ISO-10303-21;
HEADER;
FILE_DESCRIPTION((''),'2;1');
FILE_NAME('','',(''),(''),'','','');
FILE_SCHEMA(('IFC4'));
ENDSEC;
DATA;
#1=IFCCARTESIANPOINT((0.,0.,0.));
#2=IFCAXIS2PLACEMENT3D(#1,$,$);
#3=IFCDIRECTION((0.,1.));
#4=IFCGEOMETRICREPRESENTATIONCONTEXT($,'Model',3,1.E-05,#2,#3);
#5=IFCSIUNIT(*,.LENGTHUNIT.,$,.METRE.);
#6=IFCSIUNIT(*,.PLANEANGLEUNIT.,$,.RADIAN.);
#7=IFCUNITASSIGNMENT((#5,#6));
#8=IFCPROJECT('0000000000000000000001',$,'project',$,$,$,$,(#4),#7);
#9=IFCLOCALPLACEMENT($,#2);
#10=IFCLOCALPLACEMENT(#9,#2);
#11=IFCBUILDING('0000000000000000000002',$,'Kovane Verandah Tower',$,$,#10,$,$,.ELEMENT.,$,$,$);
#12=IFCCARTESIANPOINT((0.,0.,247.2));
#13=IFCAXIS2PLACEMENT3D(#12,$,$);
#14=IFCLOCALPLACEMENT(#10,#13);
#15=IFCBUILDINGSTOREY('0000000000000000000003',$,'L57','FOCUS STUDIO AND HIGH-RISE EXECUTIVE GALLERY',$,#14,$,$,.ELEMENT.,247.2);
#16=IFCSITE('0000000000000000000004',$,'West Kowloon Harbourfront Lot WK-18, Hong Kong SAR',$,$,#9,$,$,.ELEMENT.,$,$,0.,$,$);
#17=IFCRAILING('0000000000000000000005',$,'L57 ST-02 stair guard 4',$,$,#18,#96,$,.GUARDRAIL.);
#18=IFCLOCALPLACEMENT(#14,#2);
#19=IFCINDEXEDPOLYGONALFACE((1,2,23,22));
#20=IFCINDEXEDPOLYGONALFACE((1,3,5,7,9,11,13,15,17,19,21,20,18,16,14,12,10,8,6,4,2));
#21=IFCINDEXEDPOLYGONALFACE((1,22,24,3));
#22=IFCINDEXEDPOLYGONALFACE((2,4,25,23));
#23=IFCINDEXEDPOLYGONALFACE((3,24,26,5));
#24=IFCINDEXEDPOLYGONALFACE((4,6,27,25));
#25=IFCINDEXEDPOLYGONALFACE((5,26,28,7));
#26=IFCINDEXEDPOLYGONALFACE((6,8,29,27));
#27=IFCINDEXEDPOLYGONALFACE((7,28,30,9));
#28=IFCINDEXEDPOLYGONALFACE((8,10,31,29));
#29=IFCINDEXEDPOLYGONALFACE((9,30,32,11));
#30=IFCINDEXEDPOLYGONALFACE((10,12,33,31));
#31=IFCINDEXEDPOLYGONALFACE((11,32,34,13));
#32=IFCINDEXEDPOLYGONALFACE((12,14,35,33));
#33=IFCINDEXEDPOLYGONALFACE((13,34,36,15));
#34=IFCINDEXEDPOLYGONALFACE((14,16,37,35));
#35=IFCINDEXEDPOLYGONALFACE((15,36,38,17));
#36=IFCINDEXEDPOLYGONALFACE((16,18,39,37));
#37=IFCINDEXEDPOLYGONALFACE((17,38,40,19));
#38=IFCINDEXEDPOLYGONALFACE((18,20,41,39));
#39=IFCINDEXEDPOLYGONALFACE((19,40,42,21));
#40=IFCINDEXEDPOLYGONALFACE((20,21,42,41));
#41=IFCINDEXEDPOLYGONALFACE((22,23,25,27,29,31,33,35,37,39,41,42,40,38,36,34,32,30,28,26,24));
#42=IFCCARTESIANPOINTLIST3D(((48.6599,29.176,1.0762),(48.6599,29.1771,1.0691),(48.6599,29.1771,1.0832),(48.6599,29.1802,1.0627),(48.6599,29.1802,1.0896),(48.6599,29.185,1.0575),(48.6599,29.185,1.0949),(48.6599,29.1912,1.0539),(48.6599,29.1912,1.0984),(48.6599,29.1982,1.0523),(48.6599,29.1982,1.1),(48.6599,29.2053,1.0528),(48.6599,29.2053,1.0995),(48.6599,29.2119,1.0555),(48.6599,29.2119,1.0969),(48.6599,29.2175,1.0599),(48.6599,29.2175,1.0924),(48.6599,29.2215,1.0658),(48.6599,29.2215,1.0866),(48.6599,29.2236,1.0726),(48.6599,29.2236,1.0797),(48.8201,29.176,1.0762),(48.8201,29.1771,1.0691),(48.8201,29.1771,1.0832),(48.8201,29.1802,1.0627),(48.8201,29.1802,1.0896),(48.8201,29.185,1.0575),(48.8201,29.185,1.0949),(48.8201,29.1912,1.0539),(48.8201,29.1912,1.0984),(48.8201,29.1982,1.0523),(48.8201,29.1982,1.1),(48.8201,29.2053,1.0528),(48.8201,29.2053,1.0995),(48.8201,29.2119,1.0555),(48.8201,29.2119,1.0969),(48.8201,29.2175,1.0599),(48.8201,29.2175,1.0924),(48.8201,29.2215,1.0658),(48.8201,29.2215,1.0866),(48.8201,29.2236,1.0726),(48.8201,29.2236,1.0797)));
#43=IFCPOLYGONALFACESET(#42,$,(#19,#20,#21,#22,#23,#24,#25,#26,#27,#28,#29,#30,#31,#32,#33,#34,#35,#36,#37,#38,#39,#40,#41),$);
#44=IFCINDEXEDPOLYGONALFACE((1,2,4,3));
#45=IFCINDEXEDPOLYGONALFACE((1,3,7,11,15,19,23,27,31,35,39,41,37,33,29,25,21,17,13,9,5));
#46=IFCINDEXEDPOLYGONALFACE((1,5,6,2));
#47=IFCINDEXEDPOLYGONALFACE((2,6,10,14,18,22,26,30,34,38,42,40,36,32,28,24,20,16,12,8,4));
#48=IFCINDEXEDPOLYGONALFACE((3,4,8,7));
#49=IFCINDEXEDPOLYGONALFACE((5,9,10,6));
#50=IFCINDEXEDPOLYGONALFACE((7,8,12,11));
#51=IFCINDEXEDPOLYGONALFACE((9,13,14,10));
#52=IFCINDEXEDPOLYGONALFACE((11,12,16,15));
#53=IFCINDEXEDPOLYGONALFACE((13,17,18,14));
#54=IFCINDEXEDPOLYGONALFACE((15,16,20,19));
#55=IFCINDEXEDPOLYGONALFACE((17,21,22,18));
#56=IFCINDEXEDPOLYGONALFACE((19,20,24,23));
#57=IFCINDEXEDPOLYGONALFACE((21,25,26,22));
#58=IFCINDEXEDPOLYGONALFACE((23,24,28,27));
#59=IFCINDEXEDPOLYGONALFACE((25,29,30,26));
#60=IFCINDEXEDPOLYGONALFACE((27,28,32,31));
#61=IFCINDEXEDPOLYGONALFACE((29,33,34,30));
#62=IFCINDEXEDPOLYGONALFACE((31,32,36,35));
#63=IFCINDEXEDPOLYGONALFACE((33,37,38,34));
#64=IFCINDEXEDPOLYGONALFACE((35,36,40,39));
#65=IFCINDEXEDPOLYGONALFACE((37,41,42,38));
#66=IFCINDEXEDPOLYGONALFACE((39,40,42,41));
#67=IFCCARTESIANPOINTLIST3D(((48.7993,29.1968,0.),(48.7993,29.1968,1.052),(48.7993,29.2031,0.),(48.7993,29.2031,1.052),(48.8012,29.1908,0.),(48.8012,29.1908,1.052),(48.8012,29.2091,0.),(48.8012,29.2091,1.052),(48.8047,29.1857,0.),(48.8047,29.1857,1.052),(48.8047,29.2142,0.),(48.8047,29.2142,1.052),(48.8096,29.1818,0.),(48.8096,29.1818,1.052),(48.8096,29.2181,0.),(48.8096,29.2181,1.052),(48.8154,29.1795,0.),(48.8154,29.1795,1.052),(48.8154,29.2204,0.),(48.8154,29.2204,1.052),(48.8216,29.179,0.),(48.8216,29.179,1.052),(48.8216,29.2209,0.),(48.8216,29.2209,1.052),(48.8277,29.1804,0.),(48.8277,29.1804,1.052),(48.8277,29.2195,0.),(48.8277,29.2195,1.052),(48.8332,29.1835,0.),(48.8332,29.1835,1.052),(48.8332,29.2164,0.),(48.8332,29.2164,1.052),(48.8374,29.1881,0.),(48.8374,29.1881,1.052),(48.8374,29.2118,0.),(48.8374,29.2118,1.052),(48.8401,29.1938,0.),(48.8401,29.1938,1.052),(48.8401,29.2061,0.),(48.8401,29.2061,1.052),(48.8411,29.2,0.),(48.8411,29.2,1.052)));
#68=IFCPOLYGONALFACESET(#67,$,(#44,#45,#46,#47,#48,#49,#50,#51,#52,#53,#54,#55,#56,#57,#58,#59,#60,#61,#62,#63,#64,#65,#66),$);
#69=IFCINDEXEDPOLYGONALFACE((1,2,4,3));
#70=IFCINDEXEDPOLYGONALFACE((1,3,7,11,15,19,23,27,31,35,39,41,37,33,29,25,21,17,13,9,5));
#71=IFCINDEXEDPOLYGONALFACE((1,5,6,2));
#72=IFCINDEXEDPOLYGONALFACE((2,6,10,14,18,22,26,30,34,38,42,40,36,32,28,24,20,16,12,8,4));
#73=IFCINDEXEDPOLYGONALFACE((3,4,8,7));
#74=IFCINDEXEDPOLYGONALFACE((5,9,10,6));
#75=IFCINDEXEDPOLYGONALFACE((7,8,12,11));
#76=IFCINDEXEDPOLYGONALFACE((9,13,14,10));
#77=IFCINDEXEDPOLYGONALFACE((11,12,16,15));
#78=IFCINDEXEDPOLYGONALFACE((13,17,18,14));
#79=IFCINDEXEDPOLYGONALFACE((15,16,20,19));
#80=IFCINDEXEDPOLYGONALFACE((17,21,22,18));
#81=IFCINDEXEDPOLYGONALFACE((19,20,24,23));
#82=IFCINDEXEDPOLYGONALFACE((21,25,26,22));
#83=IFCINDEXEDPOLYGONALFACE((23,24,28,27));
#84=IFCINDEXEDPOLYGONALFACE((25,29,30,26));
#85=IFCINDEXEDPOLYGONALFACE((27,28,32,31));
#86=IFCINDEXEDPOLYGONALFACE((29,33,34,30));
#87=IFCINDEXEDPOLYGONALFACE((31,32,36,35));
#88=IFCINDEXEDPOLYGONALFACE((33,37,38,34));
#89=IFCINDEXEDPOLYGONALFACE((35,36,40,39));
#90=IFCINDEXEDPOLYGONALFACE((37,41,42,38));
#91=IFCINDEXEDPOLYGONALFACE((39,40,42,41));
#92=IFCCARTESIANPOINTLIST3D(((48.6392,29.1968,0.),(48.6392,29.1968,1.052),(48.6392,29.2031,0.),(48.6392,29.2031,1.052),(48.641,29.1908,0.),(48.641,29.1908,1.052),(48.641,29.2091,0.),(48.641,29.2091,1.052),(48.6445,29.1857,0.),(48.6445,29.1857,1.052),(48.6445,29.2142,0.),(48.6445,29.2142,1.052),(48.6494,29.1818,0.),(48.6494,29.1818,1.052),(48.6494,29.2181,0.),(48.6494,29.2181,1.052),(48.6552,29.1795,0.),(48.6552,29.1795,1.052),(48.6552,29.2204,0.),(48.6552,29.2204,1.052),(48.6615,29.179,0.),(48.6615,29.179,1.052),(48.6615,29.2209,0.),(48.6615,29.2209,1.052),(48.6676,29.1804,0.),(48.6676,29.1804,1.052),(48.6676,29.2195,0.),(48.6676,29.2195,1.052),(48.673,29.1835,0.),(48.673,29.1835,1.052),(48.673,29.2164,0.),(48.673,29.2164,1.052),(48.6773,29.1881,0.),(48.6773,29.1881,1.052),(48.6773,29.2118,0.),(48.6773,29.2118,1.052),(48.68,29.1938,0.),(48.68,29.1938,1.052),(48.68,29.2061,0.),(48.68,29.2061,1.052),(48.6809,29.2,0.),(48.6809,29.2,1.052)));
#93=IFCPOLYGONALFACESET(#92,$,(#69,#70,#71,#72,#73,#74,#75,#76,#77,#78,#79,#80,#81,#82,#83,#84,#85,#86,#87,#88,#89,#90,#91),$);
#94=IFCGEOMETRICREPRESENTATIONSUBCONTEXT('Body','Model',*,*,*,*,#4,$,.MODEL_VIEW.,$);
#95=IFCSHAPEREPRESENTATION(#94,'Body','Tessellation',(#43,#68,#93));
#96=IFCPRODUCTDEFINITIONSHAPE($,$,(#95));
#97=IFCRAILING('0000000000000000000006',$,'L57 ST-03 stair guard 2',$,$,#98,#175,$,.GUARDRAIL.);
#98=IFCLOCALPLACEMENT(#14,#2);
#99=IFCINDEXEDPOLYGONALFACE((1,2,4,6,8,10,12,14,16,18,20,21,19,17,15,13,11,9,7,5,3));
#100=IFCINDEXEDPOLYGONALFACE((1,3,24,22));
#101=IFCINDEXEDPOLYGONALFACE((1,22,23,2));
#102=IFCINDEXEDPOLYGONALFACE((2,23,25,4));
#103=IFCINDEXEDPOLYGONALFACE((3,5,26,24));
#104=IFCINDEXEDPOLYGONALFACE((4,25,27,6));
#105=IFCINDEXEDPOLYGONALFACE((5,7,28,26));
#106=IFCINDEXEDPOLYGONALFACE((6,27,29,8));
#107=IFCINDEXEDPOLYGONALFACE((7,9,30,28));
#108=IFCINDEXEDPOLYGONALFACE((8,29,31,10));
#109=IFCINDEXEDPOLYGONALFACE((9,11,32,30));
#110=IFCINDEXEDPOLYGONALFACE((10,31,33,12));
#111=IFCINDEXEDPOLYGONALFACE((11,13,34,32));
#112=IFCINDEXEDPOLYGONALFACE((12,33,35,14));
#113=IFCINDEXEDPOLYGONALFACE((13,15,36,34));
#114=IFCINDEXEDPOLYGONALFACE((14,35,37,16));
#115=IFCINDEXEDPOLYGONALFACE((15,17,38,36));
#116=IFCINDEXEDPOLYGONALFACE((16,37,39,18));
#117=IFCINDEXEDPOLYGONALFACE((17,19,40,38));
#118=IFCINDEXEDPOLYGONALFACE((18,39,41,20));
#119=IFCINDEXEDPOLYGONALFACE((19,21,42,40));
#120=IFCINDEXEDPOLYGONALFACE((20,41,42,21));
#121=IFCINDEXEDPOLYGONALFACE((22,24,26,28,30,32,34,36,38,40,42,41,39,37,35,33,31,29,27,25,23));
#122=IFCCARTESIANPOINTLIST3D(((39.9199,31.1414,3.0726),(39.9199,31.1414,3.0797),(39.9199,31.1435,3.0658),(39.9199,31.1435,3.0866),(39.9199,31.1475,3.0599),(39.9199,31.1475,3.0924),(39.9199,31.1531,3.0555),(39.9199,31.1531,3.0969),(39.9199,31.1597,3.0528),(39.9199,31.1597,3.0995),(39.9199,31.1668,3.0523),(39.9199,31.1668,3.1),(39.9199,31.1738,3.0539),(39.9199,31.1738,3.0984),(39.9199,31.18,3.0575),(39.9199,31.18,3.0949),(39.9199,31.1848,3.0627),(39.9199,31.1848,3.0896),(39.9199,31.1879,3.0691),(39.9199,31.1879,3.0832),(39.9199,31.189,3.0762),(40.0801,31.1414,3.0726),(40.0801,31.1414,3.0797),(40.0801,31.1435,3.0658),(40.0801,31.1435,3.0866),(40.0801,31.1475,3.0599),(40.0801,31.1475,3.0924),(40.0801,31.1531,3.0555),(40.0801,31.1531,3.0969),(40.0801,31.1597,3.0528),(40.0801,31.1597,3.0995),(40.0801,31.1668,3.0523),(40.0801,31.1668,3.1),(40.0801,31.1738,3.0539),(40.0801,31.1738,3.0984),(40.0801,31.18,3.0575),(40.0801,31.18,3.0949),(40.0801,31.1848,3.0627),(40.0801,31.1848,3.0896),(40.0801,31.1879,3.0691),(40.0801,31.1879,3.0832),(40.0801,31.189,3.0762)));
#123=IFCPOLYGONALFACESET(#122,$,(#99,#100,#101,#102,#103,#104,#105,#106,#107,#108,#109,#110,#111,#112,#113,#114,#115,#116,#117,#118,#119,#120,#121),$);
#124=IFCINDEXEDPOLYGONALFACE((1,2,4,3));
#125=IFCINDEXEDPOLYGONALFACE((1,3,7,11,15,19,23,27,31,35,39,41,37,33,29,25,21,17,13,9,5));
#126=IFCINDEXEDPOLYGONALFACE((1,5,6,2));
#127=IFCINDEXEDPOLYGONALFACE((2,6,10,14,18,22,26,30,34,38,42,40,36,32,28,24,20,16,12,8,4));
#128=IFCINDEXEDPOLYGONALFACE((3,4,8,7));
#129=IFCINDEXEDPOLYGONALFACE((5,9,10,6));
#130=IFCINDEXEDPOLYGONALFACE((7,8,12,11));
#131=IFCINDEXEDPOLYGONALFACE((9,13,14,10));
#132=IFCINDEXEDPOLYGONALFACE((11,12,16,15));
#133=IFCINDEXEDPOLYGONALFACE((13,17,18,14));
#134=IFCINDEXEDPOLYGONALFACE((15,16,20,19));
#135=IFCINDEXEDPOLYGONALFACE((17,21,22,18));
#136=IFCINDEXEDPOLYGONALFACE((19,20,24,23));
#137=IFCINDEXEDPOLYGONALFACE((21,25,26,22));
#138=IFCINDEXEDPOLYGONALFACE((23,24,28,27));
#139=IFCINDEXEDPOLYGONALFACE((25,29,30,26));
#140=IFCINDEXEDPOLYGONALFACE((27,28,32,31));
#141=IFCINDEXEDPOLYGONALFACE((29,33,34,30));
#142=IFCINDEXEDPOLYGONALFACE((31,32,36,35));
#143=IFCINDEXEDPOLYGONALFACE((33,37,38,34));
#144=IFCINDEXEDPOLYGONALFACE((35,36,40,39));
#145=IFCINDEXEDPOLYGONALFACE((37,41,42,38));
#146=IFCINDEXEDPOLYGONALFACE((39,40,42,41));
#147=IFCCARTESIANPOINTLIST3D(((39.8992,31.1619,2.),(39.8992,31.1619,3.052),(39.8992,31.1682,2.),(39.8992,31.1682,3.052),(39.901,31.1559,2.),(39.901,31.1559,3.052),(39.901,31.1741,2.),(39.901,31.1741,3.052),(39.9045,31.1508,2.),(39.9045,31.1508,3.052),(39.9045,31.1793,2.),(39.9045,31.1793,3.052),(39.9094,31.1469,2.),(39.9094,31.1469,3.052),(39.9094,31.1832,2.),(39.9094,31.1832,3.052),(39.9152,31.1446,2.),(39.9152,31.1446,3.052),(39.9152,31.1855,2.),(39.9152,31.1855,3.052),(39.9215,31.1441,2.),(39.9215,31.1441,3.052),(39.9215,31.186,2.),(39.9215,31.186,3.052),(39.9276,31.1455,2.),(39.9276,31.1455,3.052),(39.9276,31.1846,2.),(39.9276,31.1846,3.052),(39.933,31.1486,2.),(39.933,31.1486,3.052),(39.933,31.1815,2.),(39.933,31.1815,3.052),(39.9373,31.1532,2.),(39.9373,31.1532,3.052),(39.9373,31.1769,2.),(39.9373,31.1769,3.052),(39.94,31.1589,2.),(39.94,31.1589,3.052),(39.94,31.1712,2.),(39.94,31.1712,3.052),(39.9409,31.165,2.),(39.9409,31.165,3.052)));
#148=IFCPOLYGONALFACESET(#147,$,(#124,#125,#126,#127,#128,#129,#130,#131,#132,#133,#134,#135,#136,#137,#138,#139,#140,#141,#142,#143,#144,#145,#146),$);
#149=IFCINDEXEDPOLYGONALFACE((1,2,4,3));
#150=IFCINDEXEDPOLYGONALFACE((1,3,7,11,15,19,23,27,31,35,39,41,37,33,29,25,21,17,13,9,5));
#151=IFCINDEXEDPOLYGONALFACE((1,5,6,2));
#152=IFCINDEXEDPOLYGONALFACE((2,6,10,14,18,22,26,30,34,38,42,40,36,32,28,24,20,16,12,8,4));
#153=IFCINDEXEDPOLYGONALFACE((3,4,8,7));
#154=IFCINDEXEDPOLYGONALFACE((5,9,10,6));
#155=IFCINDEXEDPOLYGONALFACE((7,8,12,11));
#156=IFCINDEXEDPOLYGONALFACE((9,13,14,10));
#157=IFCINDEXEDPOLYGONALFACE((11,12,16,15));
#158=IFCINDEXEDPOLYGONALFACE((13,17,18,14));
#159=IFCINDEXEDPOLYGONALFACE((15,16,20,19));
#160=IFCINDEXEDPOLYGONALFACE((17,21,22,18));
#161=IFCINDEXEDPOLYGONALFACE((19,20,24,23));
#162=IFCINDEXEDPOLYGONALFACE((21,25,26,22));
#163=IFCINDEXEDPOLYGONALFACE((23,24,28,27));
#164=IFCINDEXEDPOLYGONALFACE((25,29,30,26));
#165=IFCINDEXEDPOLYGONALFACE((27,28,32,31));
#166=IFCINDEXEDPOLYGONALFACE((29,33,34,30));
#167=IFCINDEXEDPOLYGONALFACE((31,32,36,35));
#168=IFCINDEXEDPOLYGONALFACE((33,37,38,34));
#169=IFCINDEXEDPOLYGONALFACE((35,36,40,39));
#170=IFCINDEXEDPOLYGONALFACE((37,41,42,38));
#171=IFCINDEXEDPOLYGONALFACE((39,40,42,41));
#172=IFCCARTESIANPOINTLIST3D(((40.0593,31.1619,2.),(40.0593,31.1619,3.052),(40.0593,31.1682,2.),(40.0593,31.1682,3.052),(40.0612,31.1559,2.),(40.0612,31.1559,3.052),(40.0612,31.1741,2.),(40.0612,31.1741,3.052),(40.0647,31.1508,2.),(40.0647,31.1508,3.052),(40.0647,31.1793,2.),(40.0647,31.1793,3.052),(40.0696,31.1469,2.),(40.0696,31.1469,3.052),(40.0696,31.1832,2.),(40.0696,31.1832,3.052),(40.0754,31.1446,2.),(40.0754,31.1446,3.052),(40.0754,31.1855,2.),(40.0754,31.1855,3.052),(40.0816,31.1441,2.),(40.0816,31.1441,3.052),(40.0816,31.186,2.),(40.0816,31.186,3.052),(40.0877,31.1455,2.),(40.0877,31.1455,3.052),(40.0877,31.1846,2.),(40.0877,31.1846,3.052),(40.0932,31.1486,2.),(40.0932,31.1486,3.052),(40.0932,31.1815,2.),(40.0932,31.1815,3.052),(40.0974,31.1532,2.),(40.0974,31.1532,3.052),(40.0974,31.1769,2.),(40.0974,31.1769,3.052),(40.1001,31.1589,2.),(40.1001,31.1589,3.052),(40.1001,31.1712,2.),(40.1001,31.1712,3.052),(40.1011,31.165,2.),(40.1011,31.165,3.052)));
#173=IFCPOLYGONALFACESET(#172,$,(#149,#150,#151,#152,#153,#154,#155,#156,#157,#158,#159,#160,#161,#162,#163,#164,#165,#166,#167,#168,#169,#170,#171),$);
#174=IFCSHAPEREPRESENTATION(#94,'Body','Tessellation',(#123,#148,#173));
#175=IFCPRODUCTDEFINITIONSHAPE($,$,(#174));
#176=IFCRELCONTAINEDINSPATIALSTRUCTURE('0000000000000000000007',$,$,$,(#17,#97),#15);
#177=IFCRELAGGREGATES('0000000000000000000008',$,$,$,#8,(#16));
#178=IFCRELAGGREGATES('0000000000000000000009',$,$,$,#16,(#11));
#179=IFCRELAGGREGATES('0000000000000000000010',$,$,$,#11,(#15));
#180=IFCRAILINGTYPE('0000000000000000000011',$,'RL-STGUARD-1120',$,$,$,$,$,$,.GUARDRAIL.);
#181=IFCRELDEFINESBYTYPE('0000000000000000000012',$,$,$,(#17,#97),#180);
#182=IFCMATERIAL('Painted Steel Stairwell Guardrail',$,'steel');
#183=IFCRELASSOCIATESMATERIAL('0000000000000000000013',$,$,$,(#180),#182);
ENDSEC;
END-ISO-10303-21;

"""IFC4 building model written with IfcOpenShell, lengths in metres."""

from ifc_helpers import new_model, si_unit, direction, frame, origin, origin_2d, place, context, subcontext, project, spatial, circle, extrude, material, type_object, element, save


model = new_model("IFC4")

# Units and contexts
model_context = context("Model", 3, precision=1e-05, world=origin(), true_north=direction((0.0, 1.0)))
body_context = subcontext(model_context, "Body", "Model", "MODEL_VIEW")
ifc_project = project(units=[si_unit("LENGTHUNIT", "METRE"), si_unit("PLANEANGLEUNIT", "RADIAN")], contexts=[model_context])

# Site, building, storey
site_placement = place(None, origin())
site = spatial("IfcSite", under=ifc_project, at=site_placement, Name="West Kowloon Harbourfront Lot WK-18, Hong Kong SAR", CompositionType="ELEMENT", RefElevation=0.0)
building_placement = place(site_placement, origin())
building = spatial("IfcBuilding", under=site, at=building_placement, Name="Kovane Verandah Tower", CompositionType="ELEMENT")
storey_placement = place(building_placement, frame((0.0, 0.0, 247.2)))
storey = spatial("IfcBuildingStorey", under=building, at=storey_placement, Name="L57", Description="FOCUS STUDIO AND HIGH-RISE EXECUTIVE GALLERY", CompositionType="ELEMENT", Elevation=247.2)

# Railings
ifc_material_1 = material(Name="Painted Steel Stairwell Guardrail", Category="steel")
railing_type_1 = type_object("IfcRailingType", Name="RL-STGUARD-1120", PredefinedType="GUARDRAIL", material=ifc_material_1)
railing_1_placement = place(storey_placement, frame((48.8201, 29.2, 0.0)))
element("IfcRailing", 1, at=railing_1_placement, inside=storey, type_object=railing_type_1, Name="L57 ST-02 stair guard 4", PredefinedType="GUARDRAIL", context=body_context, shape_type="SweptSolid", body=[
    extrude(circle(Radius=0.0239, at=origin_2d()), frame((0.0, 0.0, 1.0762), z_axis=(-1.0, 0.0, 0.0), x_axis=(0.0, -1.0, 0.0)), (0.0, 0.0, 1.0), 0.1602),
    extrude(circle(Radius=0.021, at=origin_2d()), origin(), (0.0, 0.0, 1.0), 1.052),
    extrude(circle(Radius=0.021, at=origin_2d()), frame((-0.1602, 0.0, 0.0)), (0.0, 0.0, 1.0), 1.052),
])
railing_2_placement = place(storey_placement, frame((39.9199, 31.165, 2.0)))
element("IfcRailing", 2, at=railing_2_placement, inside=storey, type_object=railing_type_1, Name="L57 ST-03 stair guard 2", PredefinedType="GUARDRAIL", context=body_context, shape_type="SweptSolid", body=[
    extrude(circle(Radius=0.0239, at=origin_2d()), frame((0.0, 0.0, 1.0762), z_axis=(1.0, 0.0, 0.0), x_axis=(0.0, 1.0, 0.0)), (0.0, 0.0, 1.0), 0.1602),
    extrude(circle(Radius=0.021, at=origin_2d()), origin(), (0.0, 0.0, 1.0), 1.052),
    extrude(circle(Radius=0.021, at=origin_2d()), frame((0.1602, 0.0, 0.0)), (0.0, 0.0, 1.0), 1.052),
])

save(model, "model.ifc")
